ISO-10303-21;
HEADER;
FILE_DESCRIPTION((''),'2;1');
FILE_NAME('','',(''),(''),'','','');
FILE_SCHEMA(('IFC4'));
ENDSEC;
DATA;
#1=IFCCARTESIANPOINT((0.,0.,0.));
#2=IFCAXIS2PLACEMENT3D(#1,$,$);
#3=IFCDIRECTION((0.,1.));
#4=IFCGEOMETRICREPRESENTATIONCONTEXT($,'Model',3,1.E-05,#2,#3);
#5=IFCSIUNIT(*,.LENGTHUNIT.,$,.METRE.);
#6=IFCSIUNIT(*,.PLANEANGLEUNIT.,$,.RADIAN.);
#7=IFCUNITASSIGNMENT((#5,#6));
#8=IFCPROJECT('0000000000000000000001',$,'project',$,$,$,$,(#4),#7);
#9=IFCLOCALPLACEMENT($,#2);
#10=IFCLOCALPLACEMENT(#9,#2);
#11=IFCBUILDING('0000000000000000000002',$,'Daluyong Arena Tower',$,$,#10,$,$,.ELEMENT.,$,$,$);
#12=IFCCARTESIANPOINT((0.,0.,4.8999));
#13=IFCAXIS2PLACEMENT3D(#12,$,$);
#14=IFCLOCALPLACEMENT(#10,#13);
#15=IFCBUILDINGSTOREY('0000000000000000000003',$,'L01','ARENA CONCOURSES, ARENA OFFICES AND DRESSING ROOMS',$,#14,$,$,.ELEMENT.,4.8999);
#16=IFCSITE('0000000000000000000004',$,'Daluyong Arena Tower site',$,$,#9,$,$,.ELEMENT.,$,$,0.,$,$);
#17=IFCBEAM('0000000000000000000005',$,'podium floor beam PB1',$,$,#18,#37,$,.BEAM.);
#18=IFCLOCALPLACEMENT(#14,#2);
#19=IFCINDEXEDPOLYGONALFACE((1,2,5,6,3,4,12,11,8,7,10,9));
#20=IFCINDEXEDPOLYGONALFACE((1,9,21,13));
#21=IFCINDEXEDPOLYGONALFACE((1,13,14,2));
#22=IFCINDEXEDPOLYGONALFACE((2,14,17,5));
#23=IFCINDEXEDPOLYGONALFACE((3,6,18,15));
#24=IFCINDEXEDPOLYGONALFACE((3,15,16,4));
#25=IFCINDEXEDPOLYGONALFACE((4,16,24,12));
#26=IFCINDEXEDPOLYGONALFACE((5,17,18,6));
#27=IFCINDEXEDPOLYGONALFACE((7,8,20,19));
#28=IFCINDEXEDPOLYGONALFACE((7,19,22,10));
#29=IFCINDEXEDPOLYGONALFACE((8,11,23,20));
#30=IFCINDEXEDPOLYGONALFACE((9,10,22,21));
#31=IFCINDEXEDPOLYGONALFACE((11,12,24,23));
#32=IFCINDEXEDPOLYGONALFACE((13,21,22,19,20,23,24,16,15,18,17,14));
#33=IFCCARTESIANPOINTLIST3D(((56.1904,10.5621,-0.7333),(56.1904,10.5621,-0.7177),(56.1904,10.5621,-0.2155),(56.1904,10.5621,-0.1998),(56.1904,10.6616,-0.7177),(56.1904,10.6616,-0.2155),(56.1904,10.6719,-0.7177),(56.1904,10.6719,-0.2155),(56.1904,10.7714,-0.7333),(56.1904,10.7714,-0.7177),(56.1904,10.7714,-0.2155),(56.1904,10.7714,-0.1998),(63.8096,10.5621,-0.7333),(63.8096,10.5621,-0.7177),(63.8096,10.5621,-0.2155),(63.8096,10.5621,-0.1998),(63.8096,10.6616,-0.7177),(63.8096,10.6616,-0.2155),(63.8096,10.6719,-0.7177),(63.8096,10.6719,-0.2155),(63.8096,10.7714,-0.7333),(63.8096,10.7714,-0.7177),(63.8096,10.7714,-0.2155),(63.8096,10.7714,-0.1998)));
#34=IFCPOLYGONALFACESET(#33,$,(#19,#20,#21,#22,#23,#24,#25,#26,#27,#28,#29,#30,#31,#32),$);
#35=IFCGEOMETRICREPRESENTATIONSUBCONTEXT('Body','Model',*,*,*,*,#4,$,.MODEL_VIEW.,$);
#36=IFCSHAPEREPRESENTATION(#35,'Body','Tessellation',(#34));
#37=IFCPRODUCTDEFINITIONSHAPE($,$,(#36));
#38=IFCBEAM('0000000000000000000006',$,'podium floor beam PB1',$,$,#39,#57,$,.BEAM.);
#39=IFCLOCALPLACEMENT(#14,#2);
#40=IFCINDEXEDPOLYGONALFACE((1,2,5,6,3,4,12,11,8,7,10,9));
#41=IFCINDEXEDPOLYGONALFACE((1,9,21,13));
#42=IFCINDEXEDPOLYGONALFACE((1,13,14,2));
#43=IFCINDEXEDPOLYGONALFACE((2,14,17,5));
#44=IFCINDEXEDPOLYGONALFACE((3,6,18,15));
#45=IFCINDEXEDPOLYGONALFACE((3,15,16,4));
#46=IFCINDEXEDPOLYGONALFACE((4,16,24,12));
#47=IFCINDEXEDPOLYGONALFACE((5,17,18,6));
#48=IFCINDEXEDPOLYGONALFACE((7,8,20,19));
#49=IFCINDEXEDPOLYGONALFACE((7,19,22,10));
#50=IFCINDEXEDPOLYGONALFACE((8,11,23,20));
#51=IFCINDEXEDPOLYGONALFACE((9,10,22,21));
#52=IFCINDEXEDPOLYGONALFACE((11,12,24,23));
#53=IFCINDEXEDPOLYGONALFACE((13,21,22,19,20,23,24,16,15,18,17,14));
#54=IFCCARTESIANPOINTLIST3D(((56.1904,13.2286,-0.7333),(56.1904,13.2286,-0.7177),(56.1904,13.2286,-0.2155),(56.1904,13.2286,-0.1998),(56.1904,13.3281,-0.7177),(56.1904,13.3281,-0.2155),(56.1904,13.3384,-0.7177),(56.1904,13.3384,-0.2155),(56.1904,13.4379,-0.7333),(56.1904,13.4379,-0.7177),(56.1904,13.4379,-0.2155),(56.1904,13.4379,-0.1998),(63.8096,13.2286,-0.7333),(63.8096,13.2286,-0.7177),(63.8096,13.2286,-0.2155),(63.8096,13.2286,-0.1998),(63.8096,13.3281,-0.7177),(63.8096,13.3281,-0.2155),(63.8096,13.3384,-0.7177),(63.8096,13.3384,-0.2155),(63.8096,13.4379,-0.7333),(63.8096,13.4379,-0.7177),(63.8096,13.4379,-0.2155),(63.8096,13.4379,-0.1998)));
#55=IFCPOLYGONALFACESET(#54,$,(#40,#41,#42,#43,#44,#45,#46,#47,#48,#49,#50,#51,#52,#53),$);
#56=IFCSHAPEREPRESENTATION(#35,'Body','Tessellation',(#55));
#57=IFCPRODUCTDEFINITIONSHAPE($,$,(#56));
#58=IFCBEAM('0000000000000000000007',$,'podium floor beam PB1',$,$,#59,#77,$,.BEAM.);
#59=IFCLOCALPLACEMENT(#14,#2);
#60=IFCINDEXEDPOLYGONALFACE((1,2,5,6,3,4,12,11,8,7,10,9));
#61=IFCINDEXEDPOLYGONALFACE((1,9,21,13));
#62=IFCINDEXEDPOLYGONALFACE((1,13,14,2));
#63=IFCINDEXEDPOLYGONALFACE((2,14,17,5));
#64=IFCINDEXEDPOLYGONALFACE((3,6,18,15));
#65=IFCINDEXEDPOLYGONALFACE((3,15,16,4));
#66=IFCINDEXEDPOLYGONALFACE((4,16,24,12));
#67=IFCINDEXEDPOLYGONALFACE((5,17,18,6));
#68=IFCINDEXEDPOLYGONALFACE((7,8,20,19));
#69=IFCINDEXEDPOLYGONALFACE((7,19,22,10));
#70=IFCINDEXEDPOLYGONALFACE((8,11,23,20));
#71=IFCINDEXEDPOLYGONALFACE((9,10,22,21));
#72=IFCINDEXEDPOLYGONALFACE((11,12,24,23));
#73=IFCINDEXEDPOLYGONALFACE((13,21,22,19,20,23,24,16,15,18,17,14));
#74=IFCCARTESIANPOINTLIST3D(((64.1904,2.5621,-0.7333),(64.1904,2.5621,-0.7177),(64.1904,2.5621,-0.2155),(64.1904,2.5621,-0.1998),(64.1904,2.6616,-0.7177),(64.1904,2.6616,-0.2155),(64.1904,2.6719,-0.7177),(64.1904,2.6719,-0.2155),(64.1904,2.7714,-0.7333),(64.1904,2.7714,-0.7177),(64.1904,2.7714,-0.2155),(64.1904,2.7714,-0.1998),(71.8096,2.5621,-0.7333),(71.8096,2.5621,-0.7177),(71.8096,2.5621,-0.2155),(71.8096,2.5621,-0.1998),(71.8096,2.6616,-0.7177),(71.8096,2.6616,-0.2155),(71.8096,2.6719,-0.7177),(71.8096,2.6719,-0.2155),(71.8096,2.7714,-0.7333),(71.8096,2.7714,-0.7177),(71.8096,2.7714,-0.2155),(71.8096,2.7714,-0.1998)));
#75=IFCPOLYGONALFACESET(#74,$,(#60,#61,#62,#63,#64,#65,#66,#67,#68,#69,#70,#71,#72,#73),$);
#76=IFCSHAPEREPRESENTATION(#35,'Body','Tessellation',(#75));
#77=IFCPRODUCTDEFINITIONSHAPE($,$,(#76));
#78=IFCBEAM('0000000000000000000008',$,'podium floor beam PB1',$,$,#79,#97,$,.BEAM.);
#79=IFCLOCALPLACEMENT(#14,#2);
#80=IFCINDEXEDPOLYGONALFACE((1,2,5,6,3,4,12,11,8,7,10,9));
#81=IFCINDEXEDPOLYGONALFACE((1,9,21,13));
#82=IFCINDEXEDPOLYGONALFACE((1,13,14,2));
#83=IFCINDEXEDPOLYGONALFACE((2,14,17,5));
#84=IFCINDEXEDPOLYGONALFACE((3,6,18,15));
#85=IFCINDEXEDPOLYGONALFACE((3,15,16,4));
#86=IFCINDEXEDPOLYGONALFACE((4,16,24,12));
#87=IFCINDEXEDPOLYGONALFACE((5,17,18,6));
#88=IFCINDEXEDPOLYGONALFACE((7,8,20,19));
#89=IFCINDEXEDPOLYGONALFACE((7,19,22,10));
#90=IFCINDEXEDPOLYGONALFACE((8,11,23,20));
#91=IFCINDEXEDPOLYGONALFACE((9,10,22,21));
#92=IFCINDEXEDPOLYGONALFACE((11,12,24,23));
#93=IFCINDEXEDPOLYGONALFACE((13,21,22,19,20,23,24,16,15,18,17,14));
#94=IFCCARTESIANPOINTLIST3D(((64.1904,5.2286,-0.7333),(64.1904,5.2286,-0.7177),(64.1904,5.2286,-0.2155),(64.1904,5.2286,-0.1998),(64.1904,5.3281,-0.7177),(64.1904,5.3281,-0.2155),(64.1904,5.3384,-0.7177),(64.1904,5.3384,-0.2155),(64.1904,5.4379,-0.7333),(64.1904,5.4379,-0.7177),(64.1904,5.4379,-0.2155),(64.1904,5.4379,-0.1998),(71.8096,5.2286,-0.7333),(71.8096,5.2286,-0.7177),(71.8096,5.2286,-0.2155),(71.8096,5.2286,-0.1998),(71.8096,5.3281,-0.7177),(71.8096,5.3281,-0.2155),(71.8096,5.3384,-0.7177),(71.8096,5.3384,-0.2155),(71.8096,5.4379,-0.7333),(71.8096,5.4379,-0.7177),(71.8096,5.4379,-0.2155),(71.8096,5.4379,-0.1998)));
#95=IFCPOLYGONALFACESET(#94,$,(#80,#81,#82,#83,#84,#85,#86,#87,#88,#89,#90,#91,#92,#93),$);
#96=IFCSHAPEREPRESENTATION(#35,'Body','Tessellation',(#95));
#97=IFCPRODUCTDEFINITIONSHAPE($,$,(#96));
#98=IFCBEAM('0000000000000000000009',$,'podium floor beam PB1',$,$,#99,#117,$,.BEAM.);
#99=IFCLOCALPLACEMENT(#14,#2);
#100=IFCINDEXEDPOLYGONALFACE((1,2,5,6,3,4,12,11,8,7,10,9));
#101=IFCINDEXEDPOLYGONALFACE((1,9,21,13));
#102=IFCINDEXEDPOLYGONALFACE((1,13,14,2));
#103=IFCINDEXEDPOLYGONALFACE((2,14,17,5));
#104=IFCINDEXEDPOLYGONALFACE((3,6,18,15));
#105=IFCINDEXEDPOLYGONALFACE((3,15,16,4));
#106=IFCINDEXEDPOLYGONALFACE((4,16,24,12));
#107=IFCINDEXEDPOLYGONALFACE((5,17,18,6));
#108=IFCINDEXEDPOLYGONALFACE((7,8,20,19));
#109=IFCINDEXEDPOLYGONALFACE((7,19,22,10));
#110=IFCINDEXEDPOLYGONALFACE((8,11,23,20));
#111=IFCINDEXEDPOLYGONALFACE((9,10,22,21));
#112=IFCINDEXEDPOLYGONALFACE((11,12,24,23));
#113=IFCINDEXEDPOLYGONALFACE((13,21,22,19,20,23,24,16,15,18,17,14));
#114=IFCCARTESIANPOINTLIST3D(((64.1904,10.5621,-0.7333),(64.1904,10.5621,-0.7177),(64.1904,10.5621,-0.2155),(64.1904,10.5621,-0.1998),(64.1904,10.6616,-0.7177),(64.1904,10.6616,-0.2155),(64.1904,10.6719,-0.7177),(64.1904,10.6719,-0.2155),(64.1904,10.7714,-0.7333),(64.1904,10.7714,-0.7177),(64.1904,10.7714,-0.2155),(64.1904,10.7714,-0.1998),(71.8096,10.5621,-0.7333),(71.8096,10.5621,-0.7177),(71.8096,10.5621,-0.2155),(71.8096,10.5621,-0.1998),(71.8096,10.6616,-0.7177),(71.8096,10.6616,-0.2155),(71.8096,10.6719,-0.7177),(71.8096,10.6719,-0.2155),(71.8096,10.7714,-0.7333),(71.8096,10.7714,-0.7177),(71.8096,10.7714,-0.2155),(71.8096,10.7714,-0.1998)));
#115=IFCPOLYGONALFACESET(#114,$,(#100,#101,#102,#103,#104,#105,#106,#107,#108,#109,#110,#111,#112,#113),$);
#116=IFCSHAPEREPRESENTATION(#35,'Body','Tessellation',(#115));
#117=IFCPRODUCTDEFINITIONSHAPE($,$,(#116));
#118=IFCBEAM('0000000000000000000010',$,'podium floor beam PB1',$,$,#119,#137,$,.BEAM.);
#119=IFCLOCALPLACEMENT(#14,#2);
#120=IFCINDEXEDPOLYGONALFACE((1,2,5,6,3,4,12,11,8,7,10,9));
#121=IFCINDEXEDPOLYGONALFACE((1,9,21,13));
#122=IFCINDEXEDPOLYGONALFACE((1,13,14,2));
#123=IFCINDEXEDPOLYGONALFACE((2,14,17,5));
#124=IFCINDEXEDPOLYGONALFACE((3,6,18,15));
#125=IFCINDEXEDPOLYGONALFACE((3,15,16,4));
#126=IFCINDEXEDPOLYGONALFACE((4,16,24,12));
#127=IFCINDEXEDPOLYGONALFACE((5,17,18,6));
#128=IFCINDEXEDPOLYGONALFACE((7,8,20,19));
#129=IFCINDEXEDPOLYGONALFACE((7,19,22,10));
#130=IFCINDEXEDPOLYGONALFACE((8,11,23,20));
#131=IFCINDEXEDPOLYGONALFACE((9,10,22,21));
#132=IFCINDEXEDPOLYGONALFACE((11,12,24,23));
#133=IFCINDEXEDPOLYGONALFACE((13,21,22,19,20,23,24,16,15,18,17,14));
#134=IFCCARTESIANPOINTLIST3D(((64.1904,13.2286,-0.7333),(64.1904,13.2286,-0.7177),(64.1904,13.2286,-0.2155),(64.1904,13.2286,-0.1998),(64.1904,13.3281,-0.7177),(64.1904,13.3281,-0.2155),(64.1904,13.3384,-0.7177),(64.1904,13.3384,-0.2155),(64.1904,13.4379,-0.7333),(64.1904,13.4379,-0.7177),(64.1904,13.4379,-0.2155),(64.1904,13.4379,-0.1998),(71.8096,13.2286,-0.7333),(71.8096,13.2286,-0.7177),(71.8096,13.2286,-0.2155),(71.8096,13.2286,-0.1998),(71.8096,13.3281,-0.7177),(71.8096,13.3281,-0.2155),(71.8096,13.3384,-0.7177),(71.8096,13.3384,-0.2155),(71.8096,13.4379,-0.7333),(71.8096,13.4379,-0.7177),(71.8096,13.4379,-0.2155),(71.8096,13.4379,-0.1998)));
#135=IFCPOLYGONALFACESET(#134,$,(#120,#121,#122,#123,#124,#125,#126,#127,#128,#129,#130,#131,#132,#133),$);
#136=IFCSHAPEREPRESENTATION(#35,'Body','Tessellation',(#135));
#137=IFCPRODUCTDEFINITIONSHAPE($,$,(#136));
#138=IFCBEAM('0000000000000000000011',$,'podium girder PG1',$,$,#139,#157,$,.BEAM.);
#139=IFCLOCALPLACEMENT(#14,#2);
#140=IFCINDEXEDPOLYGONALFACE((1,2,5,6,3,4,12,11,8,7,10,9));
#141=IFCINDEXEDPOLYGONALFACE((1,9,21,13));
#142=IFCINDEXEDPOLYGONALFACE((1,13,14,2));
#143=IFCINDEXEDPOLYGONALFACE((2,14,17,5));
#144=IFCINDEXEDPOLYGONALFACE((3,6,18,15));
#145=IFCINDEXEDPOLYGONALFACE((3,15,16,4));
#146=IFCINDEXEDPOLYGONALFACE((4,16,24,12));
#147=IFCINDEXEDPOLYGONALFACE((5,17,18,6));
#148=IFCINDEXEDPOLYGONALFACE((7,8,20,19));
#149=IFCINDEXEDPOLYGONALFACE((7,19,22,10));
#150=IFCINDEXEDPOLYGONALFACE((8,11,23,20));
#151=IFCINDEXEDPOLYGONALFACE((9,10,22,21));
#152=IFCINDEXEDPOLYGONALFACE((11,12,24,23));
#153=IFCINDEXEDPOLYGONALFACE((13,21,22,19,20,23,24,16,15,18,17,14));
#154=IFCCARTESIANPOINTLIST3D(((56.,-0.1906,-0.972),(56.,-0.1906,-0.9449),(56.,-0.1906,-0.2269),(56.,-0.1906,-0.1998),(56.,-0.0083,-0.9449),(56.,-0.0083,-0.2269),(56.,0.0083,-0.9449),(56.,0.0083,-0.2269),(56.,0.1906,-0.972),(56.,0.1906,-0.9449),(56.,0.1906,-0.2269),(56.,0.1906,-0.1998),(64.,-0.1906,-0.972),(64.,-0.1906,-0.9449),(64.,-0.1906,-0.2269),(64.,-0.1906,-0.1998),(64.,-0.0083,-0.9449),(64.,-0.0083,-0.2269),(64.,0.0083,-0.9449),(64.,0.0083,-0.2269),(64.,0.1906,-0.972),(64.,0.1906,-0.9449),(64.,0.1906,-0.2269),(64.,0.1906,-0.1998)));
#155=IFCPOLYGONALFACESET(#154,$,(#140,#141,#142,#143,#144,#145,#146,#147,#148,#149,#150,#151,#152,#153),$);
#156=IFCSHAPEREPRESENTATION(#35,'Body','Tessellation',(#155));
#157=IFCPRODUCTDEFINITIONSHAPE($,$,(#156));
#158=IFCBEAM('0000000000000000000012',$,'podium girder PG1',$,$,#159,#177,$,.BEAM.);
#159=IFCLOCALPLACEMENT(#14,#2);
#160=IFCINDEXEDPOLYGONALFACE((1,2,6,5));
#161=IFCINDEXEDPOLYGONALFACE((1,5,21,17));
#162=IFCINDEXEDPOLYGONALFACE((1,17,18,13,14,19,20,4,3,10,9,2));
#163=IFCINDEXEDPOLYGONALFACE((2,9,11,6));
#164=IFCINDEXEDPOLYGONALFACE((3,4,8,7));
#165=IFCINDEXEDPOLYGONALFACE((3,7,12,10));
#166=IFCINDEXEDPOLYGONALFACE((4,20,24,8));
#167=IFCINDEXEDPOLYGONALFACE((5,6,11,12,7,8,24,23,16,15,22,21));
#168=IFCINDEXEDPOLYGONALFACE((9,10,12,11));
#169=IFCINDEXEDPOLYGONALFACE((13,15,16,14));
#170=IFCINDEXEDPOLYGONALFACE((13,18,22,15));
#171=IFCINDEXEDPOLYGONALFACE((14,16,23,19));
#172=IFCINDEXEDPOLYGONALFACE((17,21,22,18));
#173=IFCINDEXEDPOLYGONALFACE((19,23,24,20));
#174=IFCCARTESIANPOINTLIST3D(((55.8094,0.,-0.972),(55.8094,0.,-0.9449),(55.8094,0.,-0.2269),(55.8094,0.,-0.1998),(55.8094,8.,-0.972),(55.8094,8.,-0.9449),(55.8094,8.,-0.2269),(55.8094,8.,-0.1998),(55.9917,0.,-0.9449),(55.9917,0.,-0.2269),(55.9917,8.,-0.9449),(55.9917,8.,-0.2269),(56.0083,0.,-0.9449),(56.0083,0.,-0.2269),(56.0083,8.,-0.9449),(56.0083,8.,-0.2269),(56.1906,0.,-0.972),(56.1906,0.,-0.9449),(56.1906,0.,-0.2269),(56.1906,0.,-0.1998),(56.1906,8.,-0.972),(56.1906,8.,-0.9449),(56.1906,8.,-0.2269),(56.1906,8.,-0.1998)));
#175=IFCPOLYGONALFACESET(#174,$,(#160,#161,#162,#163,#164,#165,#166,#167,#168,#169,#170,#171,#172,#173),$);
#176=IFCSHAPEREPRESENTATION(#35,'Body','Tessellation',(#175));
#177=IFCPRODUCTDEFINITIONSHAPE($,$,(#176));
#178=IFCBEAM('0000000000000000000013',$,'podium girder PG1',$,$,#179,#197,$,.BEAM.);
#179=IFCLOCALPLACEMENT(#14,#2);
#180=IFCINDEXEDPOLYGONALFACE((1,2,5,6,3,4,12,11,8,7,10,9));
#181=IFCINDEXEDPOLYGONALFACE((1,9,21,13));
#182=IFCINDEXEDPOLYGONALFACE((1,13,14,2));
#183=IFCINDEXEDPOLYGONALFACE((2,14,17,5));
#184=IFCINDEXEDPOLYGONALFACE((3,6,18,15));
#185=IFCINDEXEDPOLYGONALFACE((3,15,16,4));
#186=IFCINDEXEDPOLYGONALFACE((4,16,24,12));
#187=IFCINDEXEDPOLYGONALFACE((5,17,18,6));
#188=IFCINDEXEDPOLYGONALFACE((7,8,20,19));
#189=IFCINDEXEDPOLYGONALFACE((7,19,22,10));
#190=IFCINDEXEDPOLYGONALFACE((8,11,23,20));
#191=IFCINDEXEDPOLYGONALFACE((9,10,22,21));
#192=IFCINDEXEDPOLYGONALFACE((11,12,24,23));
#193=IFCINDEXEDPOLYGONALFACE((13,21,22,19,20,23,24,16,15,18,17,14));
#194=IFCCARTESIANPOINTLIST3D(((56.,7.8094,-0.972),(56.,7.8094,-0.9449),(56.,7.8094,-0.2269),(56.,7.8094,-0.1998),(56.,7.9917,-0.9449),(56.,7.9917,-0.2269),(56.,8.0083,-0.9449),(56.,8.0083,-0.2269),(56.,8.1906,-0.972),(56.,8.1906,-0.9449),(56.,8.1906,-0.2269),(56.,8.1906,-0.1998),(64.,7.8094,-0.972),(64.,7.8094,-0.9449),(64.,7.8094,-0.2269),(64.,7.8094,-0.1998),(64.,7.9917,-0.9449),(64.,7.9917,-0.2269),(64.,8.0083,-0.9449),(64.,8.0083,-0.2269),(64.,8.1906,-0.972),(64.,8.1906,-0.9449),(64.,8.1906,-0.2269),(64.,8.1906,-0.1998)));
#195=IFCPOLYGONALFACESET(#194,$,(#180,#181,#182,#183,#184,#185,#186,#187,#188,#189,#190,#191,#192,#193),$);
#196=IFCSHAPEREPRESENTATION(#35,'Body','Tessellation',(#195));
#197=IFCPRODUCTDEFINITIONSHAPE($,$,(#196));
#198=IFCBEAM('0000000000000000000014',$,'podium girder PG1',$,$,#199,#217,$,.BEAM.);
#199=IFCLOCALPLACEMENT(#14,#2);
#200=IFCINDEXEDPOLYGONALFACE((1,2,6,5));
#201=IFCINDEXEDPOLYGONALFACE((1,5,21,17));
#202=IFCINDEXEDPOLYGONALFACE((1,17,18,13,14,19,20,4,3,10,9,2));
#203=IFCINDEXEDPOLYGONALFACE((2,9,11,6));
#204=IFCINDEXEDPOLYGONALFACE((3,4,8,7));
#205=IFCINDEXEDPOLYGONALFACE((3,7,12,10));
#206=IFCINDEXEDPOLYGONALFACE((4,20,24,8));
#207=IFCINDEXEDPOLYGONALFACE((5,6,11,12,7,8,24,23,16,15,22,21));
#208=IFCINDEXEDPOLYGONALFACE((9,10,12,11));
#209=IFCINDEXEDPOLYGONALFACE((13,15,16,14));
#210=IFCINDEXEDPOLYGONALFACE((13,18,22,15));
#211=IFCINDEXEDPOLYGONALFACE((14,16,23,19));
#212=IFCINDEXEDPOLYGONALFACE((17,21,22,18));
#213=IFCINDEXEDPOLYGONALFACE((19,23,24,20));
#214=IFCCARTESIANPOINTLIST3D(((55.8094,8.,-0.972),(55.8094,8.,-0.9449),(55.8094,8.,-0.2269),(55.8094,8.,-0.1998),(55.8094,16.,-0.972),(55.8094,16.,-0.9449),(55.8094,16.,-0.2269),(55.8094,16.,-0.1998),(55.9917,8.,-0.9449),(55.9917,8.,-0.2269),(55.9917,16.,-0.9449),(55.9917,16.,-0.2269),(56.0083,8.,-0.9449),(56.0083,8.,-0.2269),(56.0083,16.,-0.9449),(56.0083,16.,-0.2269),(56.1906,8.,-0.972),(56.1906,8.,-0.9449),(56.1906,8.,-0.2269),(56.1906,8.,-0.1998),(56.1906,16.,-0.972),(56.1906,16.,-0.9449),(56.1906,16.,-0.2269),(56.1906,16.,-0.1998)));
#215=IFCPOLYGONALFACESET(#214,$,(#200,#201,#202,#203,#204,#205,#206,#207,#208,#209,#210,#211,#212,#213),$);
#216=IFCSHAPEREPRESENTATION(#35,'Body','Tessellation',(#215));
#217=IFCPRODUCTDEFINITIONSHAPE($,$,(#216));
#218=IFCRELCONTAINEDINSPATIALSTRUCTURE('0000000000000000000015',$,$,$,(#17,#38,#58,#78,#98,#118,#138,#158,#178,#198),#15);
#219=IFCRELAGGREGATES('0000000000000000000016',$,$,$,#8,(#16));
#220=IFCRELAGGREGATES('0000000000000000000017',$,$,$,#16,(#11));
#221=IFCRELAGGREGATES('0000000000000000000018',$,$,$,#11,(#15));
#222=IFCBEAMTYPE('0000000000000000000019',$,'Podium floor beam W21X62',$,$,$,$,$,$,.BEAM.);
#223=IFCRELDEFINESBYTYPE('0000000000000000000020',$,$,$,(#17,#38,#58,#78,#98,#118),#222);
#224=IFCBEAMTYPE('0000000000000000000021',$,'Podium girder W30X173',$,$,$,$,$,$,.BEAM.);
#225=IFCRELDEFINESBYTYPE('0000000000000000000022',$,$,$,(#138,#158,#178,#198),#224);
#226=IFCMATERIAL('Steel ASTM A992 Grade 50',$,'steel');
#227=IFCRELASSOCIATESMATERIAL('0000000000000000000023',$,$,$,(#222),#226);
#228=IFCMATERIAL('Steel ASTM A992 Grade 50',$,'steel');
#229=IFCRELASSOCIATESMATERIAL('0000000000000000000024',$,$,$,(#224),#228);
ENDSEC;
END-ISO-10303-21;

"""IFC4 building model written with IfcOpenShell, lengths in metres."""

from ifc_helpers import new_model, si_unit, direction, frame, origin, origin_2d, place, context, subcontext, project, spatial, i_section, extrude, material, material_profile, profile_set, type_object, element, save


model = new_model("IFC4")

# Units and contexts
model_context = context("Model", 3, precision=1e-05, world=origin(), true_north=direction((0.0, 1.0)))
body_context = subcontext(model_context, "Body", "Model", "MODEL_VIEW")
ifc_project = project(units=[si_unit("LENGTHUNIT", "METRE"), si_unit("PLANEANGLEUNIT", "RADIAN")], contexts=[model_context])

# Site, building, storey
site_placement = place(None, origin())
site = spatial("IfcSite", under=ifc_project, at=site_placement, Name="Daluyong Arena Tower site", CompositionType="ELEMENT", RefElevation=0.0)
building_placement = place(site_placement, origin())
building = spatial("IfcBuilding", under=site, at=building_placement, Name="Daluyong Arena Tower", CompositionType="ELEMENT")
storey_placement = place(building_placement, frame((0.0, 0.0, 4.8999)))
storey = spatial("IfcBuildingStorey", under=building, at=storey_placement, Name="L01", Description="ARENA CONCOURSES, ARENA OFFICES AND DRESSING ROOMS", CompositionType="ELEMENT", Elevation=4.8999)

# Beams
ifc_material_1 = material(Name="Steel ASTM A992 Grade 50", Category="steel")
ifc_material_profile_1 = material_profile(ifc_material_1, i_section(OverallWidth=0.2092, OverallDepth=0.5334, WebThickness=0.0103, FlangeThickness=0.0156, at=origin_2d()))
ifc_profile_set_1 = profile_set([ifc_material_profile_1], Name="Steel ASTM A992 Grade 50")
beam_type_1 = type_object("IfcBeamType", Name="Podium floor beam W21X62", PredefinedType="BEAM", material=ifc_profile_set_1)
for number, where, z_axis, x_axis, name in (
    (1, (56.1904, 10.6667, -0.4666), (1.0, 0.0, 0.0), (0.0, 1.0, 0.0), "podium floor beam PB1"),
    (2, (56.1904, 13.3333, -0.4666), (1.0, 0.0, 0.0), (0.0, 1.0, 0.0), "podium floor beam PB1"),
    (3, (64.1904, 2.6667, -0.4666), (1.0, 0.0, 0.0), (0.0, 1.0, 0.0), "podium floor beam PB1"),
    (4, (64.1904, 5.3333, -0.4666), (1.0, 0.0, 0.0), (0.0, 1.0, 0.0), "podium floor beam PB1"),
    (5, (64.1904, 10.6667, -0.4666), (1.0, 0.0, 0.0), (0.0, 1.0, 0.0), "podium floor beam PB1"),
    (6, (64.1904, 13.3333, -0.4666), (1.0, 0.0, 0.0), (0.0, 1.0, 0.0), "podium floor beam PB1"),
):
    element("IfcBeam", number, at=place(storey_placement, frame(where, z_axis=z_axis, x_axis=x_axis)), inside=storey, type_object=beam_type_1, Name=name, PredefinedType="BEAM", context=body_context, shape_type="SweptSolid", body=[
        extrude(i_section(OverallWidth=0.2092, OverallDepth=0.5334, WebThickness=0.0103, FlangeThickness=0.0156, at=origin_2d()), origin(), (0.0, 0.0, 1.0), 7.6191),
    ])
ifc_material_2 = material(Name="Steel ASTM A992 Grade 50", Category="steel")
ifc_material_profile_2 = material_profile(ifc_material_2, i_section(OverallWidth=0.3811, OverallDepth=0.7722, WebThickness=0.0166, FlangeThickness=0.0271, at=origin_2d()))
ifc_profile_set_2 = profile_set([ifc_material_profile_2], Name="Steel ASTM A992 Grade 50")
beam_type_2 = type_object("IfcBeamType", Name="Podium girder W30X173", PredefinedType="BEAM", material=ifc_profile_set_2)
for number, where, z_axis, x_axis, name in (
    (7, (56.0, 0.0, -0.5859), (1.0, 0.0, 0.0), (0.0, 1.0, 0.0), "podium girder PG1"),
    (8, (56.0, 0.0, -0.5859), (0.0, 1.0, 0.0), (-1.0, 0.0, 0.0), "podium girder PG1"),
    (9, (56.0, 8.0, -0.5859), (1.0, 0.0, 0.0), (0.0, 1.0, 0.0), "podium girder PG1"),
    (10, (56.0, 8.0, -0.5859), (0.0, 1.0, 0.0), (-1.0, 0.0, 0.0), "podium girder PG1"),
):
    element("IfcBeam", number, at=place(storey_placement, frame(where, z_axis=z_axis, x_axis=x_axis)), inside=storey, type_object=beam_type_2, Name=name, PredefinedType="BEAM", context=body_context, shape_type="SweptSolid", body=[
        extrude(i_section(OverallWidth=0.3811, OverallDepth=0.7722, WebThickness=0.0166, FlangeThickness=0.0271, at=origin_2d()), origin(), (0.0, 0.0, 1.0), 8.0),
    ])

save(model, "model.ifc")
